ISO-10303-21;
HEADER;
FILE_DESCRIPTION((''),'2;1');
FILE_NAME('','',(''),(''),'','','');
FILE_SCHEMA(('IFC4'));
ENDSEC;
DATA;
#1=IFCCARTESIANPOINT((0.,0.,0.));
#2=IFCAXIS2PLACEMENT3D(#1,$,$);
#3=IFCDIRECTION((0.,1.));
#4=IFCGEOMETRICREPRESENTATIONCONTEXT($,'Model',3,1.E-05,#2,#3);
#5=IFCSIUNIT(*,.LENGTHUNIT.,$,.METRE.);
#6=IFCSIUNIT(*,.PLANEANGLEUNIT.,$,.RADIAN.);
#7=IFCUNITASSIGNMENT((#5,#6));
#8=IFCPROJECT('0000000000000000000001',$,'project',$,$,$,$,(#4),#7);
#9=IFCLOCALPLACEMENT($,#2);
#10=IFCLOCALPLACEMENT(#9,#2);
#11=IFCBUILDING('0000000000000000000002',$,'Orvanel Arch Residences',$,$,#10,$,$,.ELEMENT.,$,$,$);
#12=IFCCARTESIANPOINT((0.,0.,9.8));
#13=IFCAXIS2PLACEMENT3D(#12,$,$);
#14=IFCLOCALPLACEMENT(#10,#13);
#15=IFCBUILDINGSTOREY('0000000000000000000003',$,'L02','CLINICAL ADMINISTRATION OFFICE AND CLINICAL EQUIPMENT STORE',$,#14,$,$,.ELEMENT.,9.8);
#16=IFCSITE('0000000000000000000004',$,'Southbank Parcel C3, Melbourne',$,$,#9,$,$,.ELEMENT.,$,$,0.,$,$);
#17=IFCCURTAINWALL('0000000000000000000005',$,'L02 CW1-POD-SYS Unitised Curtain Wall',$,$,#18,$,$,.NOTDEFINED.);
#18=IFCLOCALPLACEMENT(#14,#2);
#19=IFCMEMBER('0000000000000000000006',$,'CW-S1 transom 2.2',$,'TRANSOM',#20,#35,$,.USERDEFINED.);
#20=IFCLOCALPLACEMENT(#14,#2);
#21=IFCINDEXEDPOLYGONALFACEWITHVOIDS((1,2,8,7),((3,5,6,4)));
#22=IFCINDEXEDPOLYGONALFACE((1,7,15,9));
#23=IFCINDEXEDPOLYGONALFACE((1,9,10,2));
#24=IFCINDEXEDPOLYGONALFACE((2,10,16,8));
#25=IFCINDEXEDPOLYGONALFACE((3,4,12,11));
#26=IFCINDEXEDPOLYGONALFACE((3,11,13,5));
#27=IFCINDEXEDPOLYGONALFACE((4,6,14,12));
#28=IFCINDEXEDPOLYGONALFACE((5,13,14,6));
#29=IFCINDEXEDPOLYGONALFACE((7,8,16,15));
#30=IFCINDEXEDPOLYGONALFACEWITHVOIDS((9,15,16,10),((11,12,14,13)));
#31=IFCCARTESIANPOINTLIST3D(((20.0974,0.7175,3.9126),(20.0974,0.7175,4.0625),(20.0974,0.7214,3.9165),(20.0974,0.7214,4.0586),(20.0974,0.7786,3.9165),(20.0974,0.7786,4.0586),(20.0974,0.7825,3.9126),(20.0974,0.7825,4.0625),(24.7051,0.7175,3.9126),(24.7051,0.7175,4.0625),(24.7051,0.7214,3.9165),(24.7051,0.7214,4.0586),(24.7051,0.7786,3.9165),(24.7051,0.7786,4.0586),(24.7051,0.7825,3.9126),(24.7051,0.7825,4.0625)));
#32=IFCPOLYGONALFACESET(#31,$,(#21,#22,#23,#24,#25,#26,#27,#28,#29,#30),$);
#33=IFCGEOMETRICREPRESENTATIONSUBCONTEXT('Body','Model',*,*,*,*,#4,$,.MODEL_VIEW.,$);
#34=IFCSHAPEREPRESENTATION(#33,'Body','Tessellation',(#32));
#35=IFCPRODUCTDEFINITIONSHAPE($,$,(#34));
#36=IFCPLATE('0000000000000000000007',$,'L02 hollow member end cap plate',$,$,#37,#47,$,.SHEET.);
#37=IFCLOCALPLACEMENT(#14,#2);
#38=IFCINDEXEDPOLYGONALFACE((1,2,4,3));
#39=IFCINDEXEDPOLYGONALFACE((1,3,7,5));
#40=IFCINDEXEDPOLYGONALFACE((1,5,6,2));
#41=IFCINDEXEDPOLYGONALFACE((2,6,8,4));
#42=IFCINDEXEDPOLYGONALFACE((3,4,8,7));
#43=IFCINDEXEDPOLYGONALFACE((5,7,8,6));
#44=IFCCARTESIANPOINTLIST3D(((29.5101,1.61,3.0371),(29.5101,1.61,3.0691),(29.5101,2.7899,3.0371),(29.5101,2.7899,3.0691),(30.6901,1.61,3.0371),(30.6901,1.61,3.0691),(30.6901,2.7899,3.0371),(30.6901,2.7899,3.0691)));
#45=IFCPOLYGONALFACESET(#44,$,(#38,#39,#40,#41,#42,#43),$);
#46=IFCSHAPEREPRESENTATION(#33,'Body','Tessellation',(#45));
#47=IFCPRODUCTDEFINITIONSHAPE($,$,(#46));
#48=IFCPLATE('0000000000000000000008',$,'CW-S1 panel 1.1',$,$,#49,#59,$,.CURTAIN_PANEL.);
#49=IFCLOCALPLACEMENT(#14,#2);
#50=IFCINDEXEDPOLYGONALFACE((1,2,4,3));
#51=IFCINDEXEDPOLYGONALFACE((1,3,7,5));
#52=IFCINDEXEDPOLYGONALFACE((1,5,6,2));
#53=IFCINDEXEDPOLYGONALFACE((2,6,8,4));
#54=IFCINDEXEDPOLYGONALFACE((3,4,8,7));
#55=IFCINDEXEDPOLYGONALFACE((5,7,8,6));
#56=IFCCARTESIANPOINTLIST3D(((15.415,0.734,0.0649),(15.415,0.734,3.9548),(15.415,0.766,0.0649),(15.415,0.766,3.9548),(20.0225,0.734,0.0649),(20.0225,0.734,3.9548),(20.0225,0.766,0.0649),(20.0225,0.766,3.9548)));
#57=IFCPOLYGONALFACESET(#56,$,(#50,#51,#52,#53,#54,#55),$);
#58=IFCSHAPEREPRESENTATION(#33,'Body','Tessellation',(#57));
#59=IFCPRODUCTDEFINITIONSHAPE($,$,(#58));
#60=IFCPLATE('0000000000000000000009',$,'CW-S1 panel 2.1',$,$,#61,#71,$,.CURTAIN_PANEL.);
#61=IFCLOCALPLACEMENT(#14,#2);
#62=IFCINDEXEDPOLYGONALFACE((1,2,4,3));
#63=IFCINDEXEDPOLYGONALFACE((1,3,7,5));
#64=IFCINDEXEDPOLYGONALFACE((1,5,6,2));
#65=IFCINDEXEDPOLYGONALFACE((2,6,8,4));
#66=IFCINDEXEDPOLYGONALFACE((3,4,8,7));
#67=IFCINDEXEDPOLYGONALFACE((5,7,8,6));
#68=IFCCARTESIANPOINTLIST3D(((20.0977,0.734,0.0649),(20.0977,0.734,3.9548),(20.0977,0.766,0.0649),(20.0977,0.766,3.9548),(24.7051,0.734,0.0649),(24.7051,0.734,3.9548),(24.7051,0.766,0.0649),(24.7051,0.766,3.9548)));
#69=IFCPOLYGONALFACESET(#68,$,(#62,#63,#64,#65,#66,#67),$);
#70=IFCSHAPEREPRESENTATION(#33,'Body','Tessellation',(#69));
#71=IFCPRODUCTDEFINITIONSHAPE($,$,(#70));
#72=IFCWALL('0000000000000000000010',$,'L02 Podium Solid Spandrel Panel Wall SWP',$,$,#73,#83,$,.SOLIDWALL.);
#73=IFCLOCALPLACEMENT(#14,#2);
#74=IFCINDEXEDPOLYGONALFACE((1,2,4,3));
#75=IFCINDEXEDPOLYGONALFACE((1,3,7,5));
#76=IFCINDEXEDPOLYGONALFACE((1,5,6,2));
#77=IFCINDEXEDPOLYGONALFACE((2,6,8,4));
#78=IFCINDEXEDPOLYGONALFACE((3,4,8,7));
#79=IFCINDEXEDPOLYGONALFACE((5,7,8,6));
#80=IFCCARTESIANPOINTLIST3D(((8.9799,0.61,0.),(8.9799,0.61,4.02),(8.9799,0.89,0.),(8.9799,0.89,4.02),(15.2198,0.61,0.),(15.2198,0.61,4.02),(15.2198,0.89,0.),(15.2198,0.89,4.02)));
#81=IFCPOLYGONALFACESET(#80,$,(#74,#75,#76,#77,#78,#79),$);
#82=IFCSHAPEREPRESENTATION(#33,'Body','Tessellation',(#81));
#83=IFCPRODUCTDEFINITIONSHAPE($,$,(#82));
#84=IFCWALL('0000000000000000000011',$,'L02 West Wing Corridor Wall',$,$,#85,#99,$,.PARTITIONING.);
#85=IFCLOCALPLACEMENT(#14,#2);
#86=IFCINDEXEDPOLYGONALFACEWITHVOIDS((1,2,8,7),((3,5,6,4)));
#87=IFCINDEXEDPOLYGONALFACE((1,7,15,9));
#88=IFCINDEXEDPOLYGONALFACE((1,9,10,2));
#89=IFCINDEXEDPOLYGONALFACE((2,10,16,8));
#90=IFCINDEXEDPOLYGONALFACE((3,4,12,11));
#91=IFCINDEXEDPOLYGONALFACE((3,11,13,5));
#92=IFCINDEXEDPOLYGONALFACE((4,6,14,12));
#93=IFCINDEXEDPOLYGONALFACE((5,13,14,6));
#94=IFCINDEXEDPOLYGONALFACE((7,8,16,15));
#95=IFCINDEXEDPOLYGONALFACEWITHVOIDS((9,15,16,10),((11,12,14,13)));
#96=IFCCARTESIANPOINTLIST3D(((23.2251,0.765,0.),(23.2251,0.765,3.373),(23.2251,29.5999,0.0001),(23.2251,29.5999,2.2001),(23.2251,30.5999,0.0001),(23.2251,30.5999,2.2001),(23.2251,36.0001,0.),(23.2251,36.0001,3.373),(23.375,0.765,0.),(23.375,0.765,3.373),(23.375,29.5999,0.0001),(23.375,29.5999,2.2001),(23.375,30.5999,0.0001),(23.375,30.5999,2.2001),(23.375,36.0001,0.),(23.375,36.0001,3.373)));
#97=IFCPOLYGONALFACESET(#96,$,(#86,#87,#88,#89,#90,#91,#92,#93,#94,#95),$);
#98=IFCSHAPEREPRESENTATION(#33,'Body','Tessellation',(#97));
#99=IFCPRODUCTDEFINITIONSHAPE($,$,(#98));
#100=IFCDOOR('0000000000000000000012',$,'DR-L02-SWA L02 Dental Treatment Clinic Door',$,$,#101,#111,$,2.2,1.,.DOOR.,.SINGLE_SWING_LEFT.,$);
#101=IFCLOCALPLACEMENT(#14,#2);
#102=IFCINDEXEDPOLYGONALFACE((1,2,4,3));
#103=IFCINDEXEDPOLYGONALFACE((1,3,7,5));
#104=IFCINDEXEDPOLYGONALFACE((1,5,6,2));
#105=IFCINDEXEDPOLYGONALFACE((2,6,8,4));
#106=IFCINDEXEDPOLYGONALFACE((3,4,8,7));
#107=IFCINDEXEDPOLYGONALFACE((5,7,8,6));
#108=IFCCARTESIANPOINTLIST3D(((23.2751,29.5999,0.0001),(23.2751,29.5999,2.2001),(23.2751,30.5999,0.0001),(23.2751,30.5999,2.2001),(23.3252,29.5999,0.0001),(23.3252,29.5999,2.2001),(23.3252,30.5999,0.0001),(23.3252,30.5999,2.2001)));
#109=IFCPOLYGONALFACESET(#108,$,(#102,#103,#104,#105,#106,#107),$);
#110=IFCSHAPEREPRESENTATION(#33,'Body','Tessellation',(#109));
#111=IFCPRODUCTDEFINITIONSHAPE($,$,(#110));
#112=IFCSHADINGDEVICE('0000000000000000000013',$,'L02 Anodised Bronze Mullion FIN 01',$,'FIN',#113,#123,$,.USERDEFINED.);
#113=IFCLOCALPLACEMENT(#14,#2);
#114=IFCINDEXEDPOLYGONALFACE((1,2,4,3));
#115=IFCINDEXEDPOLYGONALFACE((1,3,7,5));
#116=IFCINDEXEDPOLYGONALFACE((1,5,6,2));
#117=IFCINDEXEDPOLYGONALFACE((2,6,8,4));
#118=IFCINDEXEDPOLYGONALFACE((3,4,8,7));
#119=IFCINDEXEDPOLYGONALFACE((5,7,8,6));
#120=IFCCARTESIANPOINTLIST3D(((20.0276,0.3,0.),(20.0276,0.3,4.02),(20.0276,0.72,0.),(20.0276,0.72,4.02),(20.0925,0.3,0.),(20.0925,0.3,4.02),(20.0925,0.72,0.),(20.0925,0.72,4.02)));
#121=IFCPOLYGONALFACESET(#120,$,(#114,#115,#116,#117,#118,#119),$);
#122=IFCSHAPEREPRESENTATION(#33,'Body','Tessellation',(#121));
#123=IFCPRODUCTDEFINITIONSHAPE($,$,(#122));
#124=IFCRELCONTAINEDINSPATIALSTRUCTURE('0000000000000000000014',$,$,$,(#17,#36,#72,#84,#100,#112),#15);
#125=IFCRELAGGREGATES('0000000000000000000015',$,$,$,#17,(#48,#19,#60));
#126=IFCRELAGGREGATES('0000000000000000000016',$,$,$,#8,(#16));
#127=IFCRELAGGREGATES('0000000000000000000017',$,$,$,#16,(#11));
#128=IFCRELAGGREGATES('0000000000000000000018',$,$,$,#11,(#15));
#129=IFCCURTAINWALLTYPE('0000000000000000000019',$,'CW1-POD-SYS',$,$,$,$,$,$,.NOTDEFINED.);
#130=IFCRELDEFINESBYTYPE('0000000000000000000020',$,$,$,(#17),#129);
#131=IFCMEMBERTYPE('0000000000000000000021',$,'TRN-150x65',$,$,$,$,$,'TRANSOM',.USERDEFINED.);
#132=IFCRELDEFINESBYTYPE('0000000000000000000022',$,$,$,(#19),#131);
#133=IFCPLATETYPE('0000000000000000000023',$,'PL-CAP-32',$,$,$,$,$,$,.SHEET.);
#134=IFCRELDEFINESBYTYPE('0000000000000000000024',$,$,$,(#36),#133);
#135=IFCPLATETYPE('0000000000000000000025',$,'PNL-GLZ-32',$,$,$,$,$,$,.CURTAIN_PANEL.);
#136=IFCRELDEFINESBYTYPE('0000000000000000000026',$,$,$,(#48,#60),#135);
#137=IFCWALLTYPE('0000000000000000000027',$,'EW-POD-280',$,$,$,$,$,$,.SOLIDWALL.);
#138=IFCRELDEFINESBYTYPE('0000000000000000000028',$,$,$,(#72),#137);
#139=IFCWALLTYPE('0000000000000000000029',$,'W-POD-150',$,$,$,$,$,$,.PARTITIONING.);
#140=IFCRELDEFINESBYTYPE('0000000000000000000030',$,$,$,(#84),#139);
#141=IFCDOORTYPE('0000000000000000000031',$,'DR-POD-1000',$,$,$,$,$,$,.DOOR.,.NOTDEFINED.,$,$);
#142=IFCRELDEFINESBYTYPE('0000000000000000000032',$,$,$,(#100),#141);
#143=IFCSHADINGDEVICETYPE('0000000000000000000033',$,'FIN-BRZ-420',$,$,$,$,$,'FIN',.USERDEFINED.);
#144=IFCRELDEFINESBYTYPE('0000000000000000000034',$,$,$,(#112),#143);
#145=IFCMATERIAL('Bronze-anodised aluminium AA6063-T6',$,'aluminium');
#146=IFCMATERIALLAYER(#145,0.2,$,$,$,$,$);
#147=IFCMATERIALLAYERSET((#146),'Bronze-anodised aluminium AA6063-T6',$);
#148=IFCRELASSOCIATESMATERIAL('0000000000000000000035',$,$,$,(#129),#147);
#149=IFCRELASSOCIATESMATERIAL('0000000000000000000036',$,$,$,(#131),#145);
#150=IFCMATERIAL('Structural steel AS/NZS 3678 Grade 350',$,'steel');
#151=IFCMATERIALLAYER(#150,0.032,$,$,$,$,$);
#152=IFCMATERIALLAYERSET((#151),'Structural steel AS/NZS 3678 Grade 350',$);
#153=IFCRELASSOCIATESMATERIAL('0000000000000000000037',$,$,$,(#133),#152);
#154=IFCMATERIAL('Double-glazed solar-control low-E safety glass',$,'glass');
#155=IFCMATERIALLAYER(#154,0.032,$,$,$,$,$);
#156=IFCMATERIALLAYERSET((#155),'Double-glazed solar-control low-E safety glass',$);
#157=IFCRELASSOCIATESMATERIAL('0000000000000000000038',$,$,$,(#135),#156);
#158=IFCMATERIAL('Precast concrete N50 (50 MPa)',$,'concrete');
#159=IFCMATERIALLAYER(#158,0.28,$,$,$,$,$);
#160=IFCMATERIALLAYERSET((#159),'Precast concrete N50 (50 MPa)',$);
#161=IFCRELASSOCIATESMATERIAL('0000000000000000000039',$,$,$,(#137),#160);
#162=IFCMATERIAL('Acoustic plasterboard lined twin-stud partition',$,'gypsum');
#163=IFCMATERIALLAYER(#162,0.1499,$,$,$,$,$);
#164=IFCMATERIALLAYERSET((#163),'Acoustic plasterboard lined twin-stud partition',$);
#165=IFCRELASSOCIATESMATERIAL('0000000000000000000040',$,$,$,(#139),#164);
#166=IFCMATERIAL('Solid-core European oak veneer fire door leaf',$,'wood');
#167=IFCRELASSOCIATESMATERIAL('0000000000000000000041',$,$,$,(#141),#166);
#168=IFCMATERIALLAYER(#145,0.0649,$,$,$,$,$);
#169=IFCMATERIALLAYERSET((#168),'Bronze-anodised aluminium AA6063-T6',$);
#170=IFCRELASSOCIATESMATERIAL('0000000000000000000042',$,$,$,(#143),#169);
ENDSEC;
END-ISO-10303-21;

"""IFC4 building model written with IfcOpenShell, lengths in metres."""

from ifc_helpers import new_model, si_unit, direction, frame, frame_2d, origin, origin_2d, place, context, subcontext, project, spatial, rectangle, hollow_rectangle, extrude, material, layer, layer_set, material_profile, profile_set, type_object, element, fill, aggregate, save


model = new_model("IFC4")

# Units and contexts
model_context = context("Model", 3, precision=1e-05, world=origin(), true_north=direction((0.0, 1.0)))
body_context = subcontext(model_context, "Body", "Model", "MODEL_VIEW")
ifc_project = project(units=[si_unit("LENGTHUNIT", "METRE"), si_unit("PLANEANGLEUNIT", "RADIAN")], contexts=[model_context])

# Site, building, storey
site_placement = place(None, origin())
site = spatial("IfcSite", under=ifc_project, at=site_placement, Name="Southbank Parcel C3, Melbourne", CompositionType="ELEMENT", RefElevation=0.0)
building_placement = place(site_placement, origin())
building = spatial("IfcBuilding", under=site, at=building_placement, Name="Orvanel Arch Residences", CompositionType="ELEMENT")
storey_placement = place(building_placement, frame((0.0, 0.0, 9.8)))
storey = spatial("IfcBuildingStorey", under=building, at=storey_placement, Name="L02", Description="CLINICAL ADMINISTRATION OFFICE AND CLINICAL EQUIPMENT STORE", CompositionType="ELEMENT", Elevation=9.8)

# Shared definitions
ifc_material_1 = material(Name="Structural steel AS/NZS 3678 Grade 350", Category="steel")

# Curtain wall, member
ifc_material_2 = material(Name="Bronze-anodised aluminium AA6063-T6", Category="aluminium")
ifc_layer_1 = layer(ifc_material_2, 0.2)
ifc_layer_set_1 = layer_set([ifc_layer_1], Name="Bronze-anodised aluminium AA6063-T6")
curtain_wall_type = type_object("IfcCurtainWallType", Name="CW1-POD-SYS", PredefinedType="NOTDEFINED", material=ifc_layer_set_1)
curtain_wall_placement = place(storey_placement, origin())
curtain_wall = element("IfcCurtainWall", 1, at=curtain_wall_placement, inside=storey, type_object=curtain_wall_type, Name="L02 CW1-POD-SYS Unitised Curtain Wall", PredefinedType="NOTDEFINED")
ifc_material_profile_1 = material_profile(ifc_material_2, hollow_rectangle(XDim=0.0649, YDim=0.1499, WallThickness=0.0039, at=origin_2d()), Name="ALU150x65x4")
ifc_profile_set_1 = profile_set([ifc_material_profile_1], Name="Bronze-anodised aluminium AA6063-T6")
member_type_1 = type_object("IfcMemberType", Name="TRN-150x65", ElementType="TRANSOM", PredefinedType="USERDEFINED", material=ifc_profile_set_1)
member_1_placement = place(storey_placement, frame((20.0974, 0.75, 3.9875), z_axis=(1.0, 0.0, 0.0), x_axis=(0.0, 1.0, 0.0)))
member_1 = element("IfcMember", 2, at=member_1_placement, type_object=member_type_1, Name="CW-S1 transom 2.2", ObjectType="TRANSOM", PredefinedType="USERDEFINED", context=body_context, shape_type="SweptSolid", body=[
    extrude(hollow_rectangle(XDim=0.0649, YDim=0.1499, WallThickness=0.0039, at=origin_2d()), origin(), (0.0, 0.0, 1.0), 4.6077),
])

# Plates
ifc_layer_2 = layer(ifc_material_1, 0.032)
ifc_layer_set_2 = layer_set([ifc_layer_2], Name="Structural steel AS/NZS 3678 Grade 350")
plate_type_1 = type_object("IfcPlateType", Name="PL-CAP-32", PredefinedType="SHEET", material=ifc_layer_set_2)
plate_1_placement = place(storey_placement, frame((30.1001, 2.2, 3.0371), z_axis=(0.0, 0.0, 1.0), x_axis=(1.0, 0.0, 0.0)))
element("IfcPlate", 3, at=plate_1_placement, inside=storey, type_object=plate_type_1, Name="L02 hollow member end cap plate", PredefinedType="SHEET", context=body_context, shape_type="SweptSolid", body=[
    extrude(rectangle(XDim=1.1799, YDim=1.1799, at=origin_2d()), origin(), (0.0, 0.0, 1.0), 0.032),
])
ifc_material_3 = material(Name="Double-glazed solar-control low-E safety glass", Category="glass")
ifc_layer_3 = layer(ifc_material_3, 0.032)
ifc_layer_set_3 = layer_set([ifc_layer_3], Name="Double-glazed solar-control low-E safety glass")
plate_type_2 = type_object("IfcPlateType", Name="PNL-GLZ-32", PredefinedType="CURTAIN_PANEL", material=ifc_layer_set_3)
plate_2_placement = place(storey_placement, frame((17.7188, 0.75, 0.0649), z_axis=(0.0, 0.0, 1.0), x_axis=(1.0, 0.0, 0.0)))
plate_2 = element("IfcPlate", 4, at=plate_2_placement, type_object=plate_type_2, Name="CW-S1 panel 1.1", PredefinedType="CURTAIN_PANEL", context=body_context, shape_type="SweptSolid", body=[
    extrude(rectangle(XDim=4.6074, YDim=0.032, at=origin_2d()), origin(), (0.0, 0.0, 1.0), 3.8899),
])
plate_3_placement = place(storey_placement, frame((22.4014, 0.75, 0.0649), z_axis=(0.0, 0.0, 1.0), x_axis=(1.0, 0.0, 0.0)))
plate_3 = element("IfcPlate", 5, at=plate_3_placement, type_object=plate_type_2, Name="CW-S1 panel 2.1", PredefinedType="CURTAIN_PANEL", context=body_context, shape_type="SweptSolid", body=[
    extrude(rectangle(XDim=4.6074, YDim=0.032, at=origin_2d()), origin(), (0.0, 0.0, 1.0), 3.8899),
])
aggregate(curtain_wall, [plate_2, member_1, plate_3])

# Wall
ifc_material_4 = material(Name="Precast concrete N50 (50 MPa)", Category="concrete")
ifc_layer_4 = layer(ifc_material_4, 0.28)
ifc_layer_set_4 = layer_set([ifc_layer_4], Name="Precast concrete N50 (50 MPa)")
wall_type_1 = type_object("IfcWallType", Name="EW-POD-280", PredefinedType="SOLIDWALL", material=ifc_layer_set_4)
wall_1_placement = place(storey_placement, frame((15.22, 0.75, 0.0), z_axis=(0.0, 0.0, 1.0), x_axis=(-1.0, 0.0, 0.0)))
element("IfcWall", 6, at=wall_1_placement, inside=storey, type_object=wall_type_1, Name="L02 Podium Solid Spandrel Panel Wall SWP", PredefinedType="SOLIDWALL", context=body_context, shape_type="SweptSolid", body=[
    extrude(rectangle(XDim=6.24, YDim=0.28, at=frame_2d((3.1201, 0.0))), origin(), (0.0, 0.0, 1.0), 4.02),
])

# Wall, opening, door
ifc_material_5 = material(Name="Acoustic plasterboard lined twin-stud partition", Category="gypsum")
ifc_layer_5 = layer(ifc_material_5, 0.1499)
ifc_layer_set_5 = layer_set([ifc_layer_5], Name="Acoustic plasterboard lined twin-stud partition")
wall_type_2 = type_object("IfcWallType", Name="W-POD-150", PredefinedType="PARTITIONING", material=ifc_layer_set_5)
wall_2_placement = place(storey_placement, frame((23.3, 0.7649, 0.0), z_axis=(0.0, 0.0, 1.0), x_axis=(0.0, 1.0, 0.0)))
wall_2 = element("IfcWall", 7, at=wall_2_placement, inside=storey, type_object=wall_type_2, Name="L02 West Wing Corridor Wall", PredefinedType="PARTITIONING", context=body_context, shape_type="SweptSolid", body=[
    extrude(rectangle(XDim=35.2351, YDim=0.1499, at=frame_2d((17.6177, 0.0))), origin(), (0.0, 0.0, 1.0), 3.373),
])
opening_placement = place(wall_2_placement, frame((28.835, 0.0, 0.0)))
opening = element("IfcOpeningElement", 8, at=opening_placement, cuts=wall_2, PredefinedType="OPENING", context=body_context, shape_type="SweptSolid", body=[
    extrude(rectangle(XDim=1.0, YDim=2.2, at=frame_2d((0.5, 1.1001))), frame((0.0, 0.085, 0.0), z_axis=(0.0, -1.0, 0.0), x_axis=(1.0, 0.0, 0.0)), (0.0, 0.0, 1.0), 0.1699),
])
ifc_material_6 = material(Name="Solid-core European oak veneer fire door leaf", Category="wood")
door_type = type_object("IfcDoorType", Name="DR-POD-1000", OperationType="NOTDEFINED", PredefinedType="DOOR", material=ifc_material_6)
door_placement = place(opening_placement, origin())
door = element("IfcDoor", 9, at=door_placement, inside=storey, type_object=door_type, Name="DR-L02-SWA L02 Dental Treatment Clinic Door", OperationType="SINGLE_SWING_LEFT", OverallHeight=2.2, OverallWidth=1.0, PredefinedType="DOOR", context=body_context, shape_type="SweptSolid", body=[
    extrude(rectangle(XDim=1.0, YDim=2.2, at=frame_2d((0.5, 1.1001))), frame((0.0, 0.0249, 0.0), z_axis=(0.0, -1.0, 0.0), x_axis=(1.0, 0.0, 0.0)), (0.0, 0.0, 1.0), 0.05),
])
fill(opening, door)

# Shading device
ifc_layer_6 = layer(ifc_material_2, 0.0649)
ifc_layer_set_6 = layer_set([ifc_layer_6], Name="Bronze-anodised aluminium AA6063-T6")
shading_device_type = type_object("IfcShadingDeviceType", Name="FIN-BRZ-420", ElementType="FIN", PredefinedType="USERDEFINED", material=ifc_layer_set_6)
shading_device_placement = place(storey_placement, frame((20.0601, 0.51, 0.0), z_axis=(0.0, 0.0, 1.0), x_axis=(0.0, -1.0, 0.0)))
element("IfcShadingDevice", 10, at=shading_device_placement, inside=storey, type_object=shading_device_type, Name="L02 Anodised Bronze Mullion FIN 01", ObjectType="FIN", PredefinedType="USERDEFINED", context=body_context, shape_type="SweptSolid", body=[
    extrude(rectangle(XDim=0.4199, YDim=0.0649, at=origin_2d()), origin(), (0.0, 0.0, 1.0), 4.02),
])

save(model, "model.ifc")
